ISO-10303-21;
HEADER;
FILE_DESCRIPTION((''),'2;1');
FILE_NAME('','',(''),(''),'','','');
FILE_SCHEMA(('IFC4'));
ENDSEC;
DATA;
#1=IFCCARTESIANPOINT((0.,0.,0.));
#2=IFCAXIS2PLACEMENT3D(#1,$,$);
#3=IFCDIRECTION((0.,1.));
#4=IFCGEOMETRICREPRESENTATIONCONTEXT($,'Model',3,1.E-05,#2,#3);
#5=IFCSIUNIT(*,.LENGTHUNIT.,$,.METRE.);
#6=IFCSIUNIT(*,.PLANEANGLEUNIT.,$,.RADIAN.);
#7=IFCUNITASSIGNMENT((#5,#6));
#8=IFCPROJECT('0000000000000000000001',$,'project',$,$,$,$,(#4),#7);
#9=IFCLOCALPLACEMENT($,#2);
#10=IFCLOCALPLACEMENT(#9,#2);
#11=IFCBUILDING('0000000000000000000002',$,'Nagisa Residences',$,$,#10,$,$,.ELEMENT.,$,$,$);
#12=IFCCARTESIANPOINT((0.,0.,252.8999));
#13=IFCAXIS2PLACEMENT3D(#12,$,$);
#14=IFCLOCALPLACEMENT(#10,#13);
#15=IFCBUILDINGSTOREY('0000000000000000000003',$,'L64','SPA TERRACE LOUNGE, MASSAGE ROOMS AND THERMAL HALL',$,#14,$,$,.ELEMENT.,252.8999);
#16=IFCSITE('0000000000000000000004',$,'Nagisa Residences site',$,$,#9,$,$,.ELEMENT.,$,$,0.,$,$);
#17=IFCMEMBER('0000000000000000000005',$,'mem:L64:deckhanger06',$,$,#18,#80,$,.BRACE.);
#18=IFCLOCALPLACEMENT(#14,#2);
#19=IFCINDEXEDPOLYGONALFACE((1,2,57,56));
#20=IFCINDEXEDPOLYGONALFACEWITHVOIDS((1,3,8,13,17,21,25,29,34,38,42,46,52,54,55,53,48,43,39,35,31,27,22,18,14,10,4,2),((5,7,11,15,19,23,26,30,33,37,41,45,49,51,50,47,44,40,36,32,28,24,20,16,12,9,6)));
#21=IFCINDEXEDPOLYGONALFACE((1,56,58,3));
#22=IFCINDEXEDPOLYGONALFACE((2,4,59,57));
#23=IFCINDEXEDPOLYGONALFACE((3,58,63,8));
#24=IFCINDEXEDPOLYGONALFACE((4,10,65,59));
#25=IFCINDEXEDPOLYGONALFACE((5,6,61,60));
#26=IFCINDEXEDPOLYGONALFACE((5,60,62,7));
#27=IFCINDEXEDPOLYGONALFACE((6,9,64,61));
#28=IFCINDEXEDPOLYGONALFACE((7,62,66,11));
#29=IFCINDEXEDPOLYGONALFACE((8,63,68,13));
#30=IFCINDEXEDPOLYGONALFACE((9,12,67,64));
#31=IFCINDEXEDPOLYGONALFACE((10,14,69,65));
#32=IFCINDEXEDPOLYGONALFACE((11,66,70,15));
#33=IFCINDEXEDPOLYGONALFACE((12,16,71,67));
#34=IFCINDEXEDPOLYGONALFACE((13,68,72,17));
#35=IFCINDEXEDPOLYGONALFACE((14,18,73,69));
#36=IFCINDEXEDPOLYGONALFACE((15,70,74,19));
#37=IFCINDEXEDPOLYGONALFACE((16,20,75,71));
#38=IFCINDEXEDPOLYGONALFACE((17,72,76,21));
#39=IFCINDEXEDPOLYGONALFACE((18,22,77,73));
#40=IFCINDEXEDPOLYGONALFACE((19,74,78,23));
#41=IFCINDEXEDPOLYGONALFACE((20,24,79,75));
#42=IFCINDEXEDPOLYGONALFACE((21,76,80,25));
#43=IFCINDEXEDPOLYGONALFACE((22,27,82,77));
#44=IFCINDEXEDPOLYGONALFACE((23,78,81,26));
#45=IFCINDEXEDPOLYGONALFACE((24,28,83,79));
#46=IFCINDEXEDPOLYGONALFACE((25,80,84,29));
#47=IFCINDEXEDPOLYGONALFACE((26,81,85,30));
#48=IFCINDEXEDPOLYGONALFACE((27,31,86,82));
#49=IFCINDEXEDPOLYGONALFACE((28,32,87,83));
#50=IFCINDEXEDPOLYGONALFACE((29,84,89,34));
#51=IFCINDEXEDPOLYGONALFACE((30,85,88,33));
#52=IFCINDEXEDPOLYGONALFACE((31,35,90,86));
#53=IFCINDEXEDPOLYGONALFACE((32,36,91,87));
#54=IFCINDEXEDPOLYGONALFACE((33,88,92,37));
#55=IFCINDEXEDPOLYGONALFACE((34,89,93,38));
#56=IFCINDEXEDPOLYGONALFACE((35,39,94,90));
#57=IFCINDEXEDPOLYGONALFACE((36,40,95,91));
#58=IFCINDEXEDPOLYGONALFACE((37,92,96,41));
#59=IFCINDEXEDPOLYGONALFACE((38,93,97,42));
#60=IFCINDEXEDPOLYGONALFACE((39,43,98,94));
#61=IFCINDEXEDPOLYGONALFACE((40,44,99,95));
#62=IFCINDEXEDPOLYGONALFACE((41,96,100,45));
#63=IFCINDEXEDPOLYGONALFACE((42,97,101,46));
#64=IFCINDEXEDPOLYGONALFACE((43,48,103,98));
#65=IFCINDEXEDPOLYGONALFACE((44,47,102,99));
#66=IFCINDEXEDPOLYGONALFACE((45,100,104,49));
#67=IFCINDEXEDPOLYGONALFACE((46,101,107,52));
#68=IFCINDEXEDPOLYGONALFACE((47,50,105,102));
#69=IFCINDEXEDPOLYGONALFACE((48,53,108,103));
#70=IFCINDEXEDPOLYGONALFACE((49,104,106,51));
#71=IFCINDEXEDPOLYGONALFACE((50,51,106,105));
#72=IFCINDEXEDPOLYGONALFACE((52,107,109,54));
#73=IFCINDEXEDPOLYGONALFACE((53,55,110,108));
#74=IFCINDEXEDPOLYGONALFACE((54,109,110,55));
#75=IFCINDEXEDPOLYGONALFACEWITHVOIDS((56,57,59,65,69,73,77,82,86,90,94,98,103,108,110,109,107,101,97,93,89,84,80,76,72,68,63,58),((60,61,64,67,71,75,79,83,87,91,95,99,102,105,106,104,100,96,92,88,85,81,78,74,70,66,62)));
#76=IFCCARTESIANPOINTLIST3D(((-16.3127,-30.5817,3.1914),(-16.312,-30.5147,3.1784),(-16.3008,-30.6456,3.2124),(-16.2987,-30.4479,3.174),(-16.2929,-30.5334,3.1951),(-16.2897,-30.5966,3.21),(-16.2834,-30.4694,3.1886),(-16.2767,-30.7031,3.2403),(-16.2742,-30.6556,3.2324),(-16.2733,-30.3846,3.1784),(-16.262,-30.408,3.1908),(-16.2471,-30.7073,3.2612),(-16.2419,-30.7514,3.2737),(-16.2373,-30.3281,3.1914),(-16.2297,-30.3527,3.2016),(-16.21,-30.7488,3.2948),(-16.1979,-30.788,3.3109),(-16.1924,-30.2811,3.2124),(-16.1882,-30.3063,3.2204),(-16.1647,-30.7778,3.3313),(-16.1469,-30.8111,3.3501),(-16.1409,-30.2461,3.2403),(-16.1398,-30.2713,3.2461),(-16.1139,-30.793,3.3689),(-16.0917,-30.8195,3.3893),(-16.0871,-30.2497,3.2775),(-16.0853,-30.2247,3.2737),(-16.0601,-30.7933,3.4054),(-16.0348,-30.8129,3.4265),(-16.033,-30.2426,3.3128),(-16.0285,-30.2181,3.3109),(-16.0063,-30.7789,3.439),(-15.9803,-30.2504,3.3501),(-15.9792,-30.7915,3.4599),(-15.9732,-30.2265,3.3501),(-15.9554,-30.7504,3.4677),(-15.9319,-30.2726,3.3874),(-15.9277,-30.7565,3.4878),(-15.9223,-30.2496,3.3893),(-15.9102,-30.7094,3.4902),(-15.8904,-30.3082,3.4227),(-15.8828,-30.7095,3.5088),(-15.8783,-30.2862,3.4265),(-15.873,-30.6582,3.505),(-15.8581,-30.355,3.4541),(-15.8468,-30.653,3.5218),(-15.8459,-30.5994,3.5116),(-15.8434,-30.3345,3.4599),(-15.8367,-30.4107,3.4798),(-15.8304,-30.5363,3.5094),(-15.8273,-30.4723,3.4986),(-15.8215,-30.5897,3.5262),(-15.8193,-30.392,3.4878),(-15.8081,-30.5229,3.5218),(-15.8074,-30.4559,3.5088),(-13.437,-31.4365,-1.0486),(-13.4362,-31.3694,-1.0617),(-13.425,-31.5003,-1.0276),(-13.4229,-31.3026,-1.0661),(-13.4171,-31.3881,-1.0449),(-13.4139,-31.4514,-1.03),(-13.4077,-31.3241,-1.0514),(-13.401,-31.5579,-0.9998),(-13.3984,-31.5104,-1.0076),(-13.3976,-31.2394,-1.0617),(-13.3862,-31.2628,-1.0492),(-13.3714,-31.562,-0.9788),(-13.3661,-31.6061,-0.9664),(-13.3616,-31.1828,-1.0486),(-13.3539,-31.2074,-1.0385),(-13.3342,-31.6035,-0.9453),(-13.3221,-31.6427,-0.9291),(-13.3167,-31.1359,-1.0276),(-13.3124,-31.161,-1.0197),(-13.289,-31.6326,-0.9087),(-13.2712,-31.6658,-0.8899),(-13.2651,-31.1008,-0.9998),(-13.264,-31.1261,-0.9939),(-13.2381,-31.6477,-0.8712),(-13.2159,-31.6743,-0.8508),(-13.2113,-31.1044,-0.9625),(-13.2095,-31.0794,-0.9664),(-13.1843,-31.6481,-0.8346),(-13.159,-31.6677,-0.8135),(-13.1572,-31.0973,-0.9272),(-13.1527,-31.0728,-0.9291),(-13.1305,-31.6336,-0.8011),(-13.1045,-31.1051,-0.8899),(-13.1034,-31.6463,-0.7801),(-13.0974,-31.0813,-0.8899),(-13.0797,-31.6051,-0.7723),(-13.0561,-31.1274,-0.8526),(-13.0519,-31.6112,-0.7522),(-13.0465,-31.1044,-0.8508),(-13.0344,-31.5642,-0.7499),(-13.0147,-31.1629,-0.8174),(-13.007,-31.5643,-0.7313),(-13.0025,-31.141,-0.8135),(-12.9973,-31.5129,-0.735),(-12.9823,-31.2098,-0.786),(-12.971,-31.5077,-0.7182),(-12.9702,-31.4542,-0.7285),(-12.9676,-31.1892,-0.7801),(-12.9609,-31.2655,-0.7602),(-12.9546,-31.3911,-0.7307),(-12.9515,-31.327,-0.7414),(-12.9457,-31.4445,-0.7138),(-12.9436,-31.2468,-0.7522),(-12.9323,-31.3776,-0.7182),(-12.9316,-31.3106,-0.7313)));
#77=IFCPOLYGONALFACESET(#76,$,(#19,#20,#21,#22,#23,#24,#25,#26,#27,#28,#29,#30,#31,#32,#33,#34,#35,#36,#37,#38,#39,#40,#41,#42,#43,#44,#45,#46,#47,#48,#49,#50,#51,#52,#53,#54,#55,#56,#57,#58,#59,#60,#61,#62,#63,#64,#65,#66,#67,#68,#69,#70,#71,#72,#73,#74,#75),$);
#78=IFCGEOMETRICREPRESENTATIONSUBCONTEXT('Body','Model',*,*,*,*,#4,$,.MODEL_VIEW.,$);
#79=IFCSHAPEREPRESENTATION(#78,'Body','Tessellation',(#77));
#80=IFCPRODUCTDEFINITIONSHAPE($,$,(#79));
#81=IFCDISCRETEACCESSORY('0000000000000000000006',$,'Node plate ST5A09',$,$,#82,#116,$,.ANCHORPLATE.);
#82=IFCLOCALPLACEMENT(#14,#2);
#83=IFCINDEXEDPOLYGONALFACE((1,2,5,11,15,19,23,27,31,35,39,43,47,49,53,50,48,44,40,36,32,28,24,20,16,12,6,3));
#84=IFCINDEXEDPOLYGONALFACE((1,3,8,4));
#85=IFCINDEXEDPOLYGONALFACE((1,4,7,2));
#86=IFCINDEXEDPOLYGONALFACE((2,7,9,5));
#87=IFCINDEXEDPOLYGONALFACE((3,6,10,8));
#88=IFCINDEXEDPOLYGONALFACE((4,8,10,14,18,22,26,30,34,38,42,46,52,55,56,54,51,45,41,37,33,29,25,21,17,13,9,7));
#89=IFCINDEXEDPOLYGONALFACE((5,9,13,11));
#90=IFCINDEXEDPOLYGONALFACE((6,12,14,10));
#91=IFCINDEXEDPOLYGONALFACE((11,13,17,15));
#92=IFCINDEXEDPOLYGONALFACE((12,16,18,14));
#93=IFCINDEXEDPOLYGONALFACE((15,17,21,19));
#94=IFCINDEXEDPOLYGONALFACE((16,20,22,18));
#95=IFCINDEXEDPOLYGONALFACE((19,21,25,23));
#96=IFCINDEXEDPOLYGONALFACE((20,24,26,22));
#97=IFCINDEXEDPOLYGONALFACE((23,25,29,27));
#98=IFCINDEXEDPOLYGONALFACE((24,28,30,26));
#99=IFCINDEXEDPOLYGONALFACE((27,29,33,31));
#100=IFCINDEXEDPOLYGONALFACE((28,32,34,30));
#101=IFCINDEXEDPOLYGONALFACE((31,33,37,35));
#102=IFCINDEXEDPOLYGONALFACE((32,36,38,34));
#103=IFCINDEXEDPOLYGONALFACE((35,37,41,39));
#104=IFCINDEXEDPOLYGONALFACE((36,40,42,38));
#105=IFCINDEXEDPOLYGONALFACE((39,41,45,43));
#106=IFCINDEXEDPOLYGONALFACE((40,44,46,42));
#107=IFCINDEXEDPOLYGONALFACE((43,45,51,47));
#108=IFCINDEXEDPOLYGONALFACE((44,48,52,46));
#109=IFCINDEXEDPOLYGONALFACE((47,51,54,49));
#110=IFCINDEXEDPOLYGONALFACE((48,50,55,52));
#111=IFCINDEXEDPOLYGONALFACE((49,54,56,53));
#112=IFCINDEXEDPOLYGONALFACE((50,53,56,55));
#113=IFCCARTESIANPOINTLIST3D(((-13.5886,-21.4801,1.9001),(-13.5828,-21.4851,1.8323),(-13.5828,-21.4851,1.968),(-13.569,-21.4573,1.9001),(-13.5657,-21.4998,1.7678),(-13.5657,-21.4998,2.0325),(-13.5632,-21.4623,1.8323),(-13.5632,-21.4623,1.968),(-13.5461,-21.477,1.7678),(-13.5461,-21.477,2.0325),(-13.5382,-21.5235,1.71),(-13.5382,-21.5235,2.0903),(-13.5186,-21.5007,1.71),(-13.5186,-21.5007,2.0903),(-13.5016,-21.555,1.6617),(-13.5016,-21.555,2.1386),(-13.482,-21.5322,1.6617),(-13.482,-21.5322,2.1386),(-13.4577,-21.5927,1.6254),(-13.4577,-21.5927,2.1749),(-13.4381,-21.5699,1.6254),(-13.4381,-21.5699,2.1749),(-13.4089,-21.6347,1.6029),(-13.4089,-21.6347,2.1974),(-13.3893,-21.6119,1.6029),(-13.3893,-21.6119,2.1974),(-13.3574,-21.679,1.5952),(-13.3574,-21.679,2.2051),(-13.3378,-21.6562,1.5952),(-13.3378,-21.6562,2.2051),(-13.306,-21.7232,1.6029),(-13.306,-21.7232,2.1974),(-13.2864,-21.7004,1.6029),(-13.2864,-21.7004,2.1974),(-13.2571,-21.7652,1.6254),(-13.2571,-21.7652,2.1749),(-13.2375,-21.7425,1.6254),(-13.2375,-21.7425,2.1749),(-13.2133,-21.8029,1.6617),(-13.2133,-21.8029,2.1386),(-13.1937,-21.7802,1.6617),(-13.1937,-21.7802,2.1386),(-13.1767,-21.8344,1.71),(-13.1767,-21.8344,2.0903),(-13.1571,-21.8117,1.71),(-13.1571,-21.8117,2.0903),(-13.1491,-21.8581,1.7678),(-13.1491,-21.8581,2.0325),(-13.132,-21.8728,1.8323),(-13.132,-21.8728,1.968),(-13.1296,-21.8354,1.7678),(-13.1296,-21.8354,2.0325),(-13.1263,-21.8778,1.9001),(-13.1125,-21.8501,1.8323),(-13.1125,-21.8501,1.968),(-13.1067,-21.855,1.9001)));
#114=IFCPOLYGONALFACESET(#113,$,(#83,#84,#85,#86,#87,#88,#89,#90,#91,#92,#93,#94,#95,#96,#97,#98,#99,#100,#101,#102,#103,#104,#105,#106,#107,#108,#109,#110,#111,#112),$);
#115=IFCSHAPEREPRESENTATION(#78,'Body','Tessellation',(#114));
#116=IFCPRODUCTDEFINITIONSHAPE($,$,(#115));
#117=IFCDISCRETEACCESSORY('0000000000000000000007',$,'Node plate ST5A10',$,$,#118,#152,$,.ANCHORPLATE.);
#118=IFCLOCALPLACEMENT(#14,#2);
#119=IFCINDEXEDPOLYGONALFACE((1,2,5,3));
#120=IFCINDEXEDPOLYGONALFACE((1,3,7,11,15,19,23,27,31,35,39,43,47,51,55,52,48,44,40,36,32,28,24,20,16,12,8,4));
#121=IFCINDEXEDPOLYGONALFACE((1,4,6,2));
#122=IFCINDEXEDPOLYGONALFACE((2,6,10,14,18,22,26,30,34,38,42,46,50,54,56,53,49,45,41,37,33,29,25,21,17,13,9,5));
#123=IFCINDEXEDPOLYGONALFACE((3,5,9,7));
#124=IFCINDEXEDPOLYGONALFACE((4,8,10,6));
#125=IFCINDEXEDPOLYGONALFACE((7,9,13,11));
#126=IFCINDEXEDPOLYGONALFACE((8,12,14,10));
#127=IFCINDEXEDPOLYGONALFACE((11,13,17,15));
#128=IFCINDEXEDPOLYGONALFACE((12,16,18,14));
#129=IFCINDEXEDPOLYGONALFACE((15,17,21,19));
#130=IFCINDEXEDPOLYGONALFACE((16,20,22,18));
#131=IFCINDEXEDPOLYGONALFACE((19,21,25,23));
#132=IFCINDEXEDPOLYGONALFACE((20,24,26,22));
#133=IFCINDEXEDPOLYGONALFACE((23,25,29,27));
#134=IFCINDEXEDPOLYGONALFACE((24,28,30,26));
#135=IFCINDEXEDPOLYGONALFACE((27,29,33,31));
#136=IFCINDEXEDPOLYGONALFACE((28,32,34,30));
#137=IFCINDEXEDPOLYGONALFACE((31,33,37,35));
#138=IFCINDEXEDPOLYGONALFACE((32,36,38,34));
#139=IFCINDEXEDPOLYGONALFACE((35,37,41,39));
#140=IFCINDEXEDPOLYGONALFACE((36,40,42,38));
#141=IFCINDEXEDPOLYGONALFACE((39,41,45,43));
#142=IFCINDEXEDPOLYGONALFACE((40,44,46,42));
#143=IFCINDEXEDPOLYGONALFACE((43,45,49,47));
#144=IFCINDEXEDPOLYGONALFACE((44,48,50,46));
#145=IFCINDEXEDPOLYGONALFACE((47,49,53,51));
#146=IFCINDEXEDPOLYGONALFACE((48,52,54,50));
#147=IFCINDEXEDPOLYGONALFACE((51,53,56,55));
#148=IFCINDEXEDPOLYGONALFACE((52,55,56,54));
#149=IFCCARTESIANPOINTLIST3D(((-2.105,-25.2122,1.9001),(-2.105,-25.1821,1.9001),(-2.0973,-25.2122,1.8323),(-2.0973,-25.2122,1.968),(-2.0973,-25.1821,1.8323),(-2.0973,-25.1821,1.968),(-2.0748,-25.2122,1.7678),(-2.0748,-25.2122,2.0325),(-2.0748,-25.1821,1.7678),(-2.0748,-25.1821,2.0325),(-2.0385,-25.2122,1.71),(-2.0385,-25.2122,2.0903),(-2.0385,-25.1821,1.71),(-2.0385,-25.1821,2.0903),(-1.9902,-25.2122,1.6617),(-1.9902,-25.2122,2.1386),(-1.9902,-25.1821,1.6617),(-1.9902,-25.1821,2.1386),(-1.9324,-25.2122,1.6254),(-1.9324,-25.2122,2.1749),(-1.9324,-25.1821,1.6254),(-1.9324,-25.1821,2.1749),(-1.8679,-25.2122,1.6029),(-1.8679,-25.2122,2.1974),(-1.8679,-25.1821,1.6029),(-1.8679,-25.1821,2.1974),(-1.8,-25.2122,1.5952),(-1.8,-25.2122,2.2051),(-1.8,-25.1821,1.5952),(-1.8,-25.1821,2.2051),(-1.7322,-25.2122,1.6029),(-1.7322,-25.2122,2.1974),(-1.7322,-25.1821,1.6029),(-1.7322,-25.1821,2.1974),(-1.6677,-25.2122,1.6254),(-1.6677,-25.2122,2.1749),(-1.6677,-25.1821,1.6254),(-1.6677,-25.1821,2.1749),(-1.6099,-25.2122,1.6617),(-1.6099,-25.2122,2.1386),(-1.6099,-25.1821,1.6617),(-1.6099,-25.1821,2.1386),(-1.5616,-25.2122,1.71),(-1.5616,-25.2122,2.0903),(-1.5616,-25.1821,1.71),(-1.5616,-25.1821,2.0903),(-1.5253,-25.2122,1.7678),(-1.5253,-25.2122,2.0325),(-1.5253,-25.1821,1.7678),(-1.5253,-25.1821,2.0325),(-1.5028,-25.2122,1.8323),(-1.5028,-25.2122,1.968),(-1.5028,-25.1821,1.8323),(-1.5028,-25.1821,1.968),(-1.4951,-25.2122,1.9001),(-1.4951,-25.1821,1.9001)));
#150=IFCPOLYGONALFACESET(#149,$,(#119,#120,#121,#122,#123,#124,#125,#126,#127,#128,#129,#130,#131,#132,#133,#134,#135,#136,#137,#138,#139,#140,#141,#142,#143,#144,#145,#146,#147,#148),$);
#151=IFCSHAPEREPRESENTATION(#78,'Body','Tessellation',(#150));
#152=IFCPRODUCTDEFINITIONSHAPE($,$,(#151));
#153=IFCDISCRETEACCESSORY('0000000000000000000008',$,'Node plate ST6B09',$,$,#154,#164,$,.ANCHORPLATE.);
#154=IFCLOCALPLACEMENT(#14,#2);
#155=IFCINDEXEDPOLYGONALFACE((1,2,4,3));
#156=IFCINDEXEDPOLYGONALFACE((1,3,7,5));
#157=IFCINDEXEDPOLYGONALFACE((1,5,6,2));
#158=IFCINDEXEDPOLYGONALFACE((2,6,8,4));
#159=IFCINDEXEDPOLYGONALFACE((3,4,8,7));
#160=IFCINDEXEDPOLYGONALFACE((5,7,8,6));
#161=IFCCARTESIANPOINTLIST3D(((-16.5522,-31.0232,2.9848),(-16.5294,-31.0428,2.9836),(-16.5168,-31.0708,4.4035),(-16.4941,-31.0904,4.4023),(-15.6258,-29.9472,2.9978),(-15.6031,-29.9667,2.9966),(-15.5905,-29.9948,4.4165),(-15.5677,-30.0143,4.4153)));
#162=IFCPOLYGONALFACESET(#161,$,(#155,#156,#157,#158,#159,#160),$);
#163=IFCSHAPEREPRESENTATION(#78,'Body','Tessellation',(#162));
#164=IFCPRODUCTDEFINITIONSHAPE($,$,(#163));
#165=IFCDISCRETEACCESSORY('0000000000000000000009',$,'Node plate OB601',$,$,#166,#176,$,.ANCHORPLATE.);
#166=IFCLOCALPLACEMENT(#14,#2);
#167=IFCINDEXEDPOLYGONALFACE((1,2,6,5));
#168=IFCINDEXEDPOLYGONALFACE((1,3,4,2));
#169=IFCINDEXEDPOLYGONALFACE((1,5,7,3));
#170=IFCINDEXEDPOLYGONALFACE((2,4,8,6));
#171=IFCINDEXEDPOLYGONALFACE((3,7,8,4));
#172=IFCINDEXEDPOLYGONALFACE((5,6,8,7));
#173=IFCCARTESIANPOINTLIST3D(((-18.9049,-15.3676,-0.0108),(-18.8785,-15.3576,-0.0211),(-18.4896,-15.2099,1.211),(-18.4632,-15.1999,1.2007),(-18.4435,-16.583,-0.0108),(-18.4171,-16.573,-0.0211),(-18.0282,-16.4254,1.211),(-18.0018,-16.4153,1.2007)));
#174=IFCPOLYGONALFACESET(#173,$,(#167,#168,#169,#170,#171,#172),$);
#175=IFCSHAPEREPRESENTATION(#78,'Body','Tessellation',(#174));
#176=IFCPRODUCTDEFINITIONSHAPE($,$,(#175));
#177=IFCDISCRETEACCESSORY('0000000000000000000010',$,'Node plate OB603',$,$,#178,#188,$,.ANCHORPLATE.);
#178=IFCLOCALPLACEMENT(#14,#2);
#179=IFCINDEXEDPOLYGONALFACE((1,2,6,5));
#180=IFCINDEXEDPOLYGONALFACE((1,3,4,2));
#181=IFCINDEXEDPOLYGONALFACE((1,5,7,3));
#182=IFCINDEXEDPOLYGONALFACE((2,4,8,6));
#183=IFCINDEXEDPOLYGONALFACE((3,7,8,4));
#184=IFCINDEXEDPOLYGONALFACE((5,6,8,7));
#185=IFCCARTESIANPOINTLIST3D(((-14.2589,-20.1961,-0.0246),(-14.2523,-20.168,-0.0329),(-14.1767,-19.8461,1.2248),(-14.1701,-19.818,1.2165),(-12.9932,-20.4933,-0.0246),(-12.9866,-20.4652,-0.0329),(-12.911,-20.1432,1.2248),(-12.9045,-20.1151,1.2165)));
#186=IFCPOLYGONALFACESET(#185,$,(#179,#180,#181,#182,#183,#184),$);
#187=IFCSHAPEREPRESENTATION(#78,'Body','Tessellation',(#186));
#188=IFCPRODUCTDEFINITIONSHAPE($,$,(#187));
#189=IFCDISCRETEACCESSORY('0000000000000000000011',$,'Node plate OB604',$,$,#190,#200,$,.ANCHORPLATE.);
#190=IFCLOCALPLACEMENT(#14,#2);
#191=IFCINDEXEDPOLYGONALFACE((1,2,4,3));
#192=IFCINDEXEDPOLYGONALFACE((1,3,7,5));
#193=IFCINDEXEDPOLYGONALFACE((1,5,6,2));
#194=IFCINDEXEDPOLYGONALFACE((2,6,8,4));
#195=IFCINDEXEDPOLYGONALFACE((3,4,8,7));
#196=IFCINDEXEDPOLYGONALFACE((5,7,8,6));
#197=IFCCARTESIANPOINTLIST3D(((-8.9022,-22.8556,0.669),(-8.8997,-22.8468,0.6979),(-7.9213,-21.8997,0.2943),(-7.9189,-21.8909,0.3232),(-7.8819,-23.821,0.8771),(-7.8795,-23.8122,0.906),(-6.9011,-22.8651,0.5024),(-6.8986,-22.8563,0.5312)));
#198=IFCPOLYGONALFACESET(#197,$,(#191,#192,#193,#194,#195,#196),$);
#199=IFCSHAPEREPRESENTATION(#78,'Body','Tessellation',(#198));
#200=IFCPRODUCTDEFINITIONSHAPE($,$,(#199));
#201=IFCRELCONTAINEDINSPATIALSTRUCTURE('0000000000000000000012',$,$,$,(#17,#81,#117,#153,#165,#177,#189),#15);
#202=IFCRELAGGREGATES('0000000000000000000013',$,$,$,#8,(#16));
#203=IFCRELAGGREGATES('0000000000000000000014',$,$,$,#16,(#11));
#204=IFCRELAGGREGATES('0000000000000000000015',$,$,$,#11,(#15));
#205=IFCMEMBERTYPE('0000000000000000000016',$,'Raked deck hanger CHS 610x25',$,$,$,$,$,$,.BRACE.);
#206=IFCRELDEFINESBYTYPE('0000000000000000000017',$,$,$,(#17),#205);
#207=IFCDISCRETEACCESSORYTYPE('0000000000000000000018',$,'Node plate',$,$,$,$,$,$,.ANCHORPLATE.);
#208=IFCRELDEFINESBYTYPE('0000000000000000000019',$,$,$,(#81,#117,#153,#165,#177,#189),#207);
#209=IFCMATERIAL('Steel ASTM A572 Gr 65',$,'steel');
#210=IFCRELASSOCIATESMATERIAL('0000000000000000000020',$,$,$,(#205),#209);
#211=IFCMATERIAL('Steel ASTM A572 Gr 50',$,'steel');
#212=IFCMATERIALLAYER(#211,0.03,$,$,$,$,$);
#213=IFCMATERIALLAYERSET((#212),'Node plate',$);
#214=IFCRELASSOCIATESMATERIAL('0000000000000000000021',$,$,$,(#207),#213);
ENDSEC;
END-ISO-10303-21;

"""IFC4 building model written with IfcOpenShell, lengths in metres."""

from ifc_helpers import new_model, si_unit, direction, frame, origin, origin_2d, place, context, subcontext, project, spatial, rectangle, circle, hollow_circle, extrude, material, layer, layer_set, material_profile, profile_set, type_object, element, save


model = new_model("IFC4")

# Units and contexts
model_context = context("Model", 3, precision=1e-05, world=origin(), true_north=direction((0.0, 1.0)))
body_context = subcontext(model_context, "Body", "Model", "MODEL_VIEW")
ifc_project = project(units=[si_unit("LENGTHUNIT", "METRE"), si_unit("PLANEANGLEUNIT", "RADIAN")], contexts=[model_context])

# Site, building, storey
site_placement = place(None, origin())
site = spatial("IfcSite", under=ifc_project, at=site_placement, Name="Nagisa Residences site", CompositionType="ELEMENT", RefElevation=0.0)
building_placement = place(site_placement, origin())
building = spatial("IfcBuilding", under=site, at=building_placement, Name="Nagisa Residences", CompositionType="ELEMENT")
storey_placement = place(building_placement, frame((0.0, 0.0, 252.8999)))
storey = spatial("IfcBuildingStorey", under=building, at=storey_placement, Name="L64", Description="SPA TERRACE LOUNGE, MASSAGE ROOMS AND THERMAL HALL", CompositionType="ELEMENT", Elevation=252.8999)

# Member
ifc_material_1 = material(Name="Steel ASTM A572 Gr 65", Category="steel")
ifc_material_profile_1 = material_profile(ifc_material_1, hollow_circle(Radius=0.3049, WallThickness=0.0249, at=origin_2d()), Name="CHS 610x25")
ifc_profile_set_1 = profile_set([ifc_material_profile_1], Name="Steel ASTM A572 Gr 65")
member_type_1 = type_object("IfcMemberType", Name="Raked deck hanger CHS 610x25", PredefinedType="BRACE", material=ifc_profile_set_1)
member_1_placement = place(storey_placement, frame((-16.0601, -30.5188, 3.3501), z_axis=(0.553661, -0.164561, -0.81632), x_axis=(0.284906, 0.958556, 0.0)))
element("IfcMember", 1, at=member_1_placement, inside=storey, type_object=member_type_1, Name="mem:L64:deckhanger06", PredefinedType="BRACE", context=body_context, shape_type="SweptSolid", body=[
    extrude(hollow_circle(Radius=0.3049, WallThickness=0.0249, at=origin_2d()), origin(), (0.0, 0.0, 1.0), 5.1941),
])

# Discrete accessories
ifc_material_2 = material(Name="Steel ASTM A572 Gr 50", Category="steel")
ifc_layer = layer(ifc_material_2, 0.03)
ifc_layer_set = layer_set([ifc_layer], Name="Node plate")
discrete_accessory_type = type_object("IfcDiscreteAccessoryType", Name="Node plate", PredefinedType="ANCHORPLATE", material=ifc_layer_set)
for number, where, z_axis, x_axis, name in (
    (2, (-13.3574, -21.679, 1.9001), (0.652133, 0.758105, 0.0), (-0.758105, 0.652133, 0.0), "Node plate ST5A09"),
    (3, (-1.8, -25.2122, 1.9001), (0.0, 1.0, 0.0), (-1.0, 0.0, 0.0), "Node plate ST5A10"),
):
    element("IfcDiscreteAccessory", number, at=place(storey_placement, frame(where, z_axis=z_axis, x_axis=x_axis)), inside=storey, type_object=discrete_accessory_type, Name=name, PredefinedType="ANCHORPLATE", context=body_context, shape_type="SweptSolid", body=[
        extrude(circle(Radius=0.3049, at=origin_2d()), origin(), (0.0, 0.0, 1.0), 0.03),
    ])
discrete_accessory_1_placement = place(storey_placement, frame((-16.0486, -30.5286, 3.6995), z_axis=(-0.757476, 0.651592, 0.040724), x_axis=(0.652389, 0.757829, 0.009163)))
element("IfcDiscreteAccessory", 4, at=discrete_accessory_1_placement, inside=storey, type_object=discrete_accessory_type, Name="Node plate ST6B09", PredefinedType="ANCHORPLATE", context=body_context, shape_type="SweptSolid", body=[
    extrude(rectangle(XDim=1.4199, YDim=1.4199, at=origin_2d()), origin(), (0.0, 0.0, 1.0), 0.03),
])
for number, where, z_axis, x_axis, name in (
    (5, (-18.4666, -15.8965, 0.6001), (0.87863, 0.333554, -0.341689), (-0.354915, 0.934899, 0.0), "Node plate OB601"),
    (6, (-13.585, -20.1697, 0.6001), (0.21965, 0.935547, -0.276597), (-0.973528, 0.228567, 0.0), "Node plate OB603"),
):
    element("IfcDiscreteAccessory", number, at=place(storey_placement, frame(where, z_axis=z_axis, x_axis=x_axis)), inside=storey, type_object=discrete_accessory_type, Name=name, PredefinedType="ANCHORPLATE", context=body_context, shape_type="SweptSolid", body=[
        extrude(rectangle(XDim=1.3, YDim=1.3, at=origin_2d()), origin(), (0.0, 0.0, 1.0), 0.03),
    ])
discrete_accessory_2_placement = place(storey_placement, frame((-7.9016, -22.8604, 0.5857), z_axis=(0.080792, 0.290853, 0.953351), x_axis=(-0.690782, -0.673178, 0.263917)))
element("IfcDiscreteAccessory", 7, at=discrete_accessory_2_placement, inside=storey, type_object=discrete_accessory_type, Name="Node plate OB604", PredefinedType="ANCHORPLATE", context=body_context, shape_type="SweptSolid", body=[
    extrude(rectangle(XDim=1.4199, YDim=1.4199, at=origin_2d()), origin(), (0.0, 0.0, 1.0), 0.0303),
])

save(model, "model.ifc")
